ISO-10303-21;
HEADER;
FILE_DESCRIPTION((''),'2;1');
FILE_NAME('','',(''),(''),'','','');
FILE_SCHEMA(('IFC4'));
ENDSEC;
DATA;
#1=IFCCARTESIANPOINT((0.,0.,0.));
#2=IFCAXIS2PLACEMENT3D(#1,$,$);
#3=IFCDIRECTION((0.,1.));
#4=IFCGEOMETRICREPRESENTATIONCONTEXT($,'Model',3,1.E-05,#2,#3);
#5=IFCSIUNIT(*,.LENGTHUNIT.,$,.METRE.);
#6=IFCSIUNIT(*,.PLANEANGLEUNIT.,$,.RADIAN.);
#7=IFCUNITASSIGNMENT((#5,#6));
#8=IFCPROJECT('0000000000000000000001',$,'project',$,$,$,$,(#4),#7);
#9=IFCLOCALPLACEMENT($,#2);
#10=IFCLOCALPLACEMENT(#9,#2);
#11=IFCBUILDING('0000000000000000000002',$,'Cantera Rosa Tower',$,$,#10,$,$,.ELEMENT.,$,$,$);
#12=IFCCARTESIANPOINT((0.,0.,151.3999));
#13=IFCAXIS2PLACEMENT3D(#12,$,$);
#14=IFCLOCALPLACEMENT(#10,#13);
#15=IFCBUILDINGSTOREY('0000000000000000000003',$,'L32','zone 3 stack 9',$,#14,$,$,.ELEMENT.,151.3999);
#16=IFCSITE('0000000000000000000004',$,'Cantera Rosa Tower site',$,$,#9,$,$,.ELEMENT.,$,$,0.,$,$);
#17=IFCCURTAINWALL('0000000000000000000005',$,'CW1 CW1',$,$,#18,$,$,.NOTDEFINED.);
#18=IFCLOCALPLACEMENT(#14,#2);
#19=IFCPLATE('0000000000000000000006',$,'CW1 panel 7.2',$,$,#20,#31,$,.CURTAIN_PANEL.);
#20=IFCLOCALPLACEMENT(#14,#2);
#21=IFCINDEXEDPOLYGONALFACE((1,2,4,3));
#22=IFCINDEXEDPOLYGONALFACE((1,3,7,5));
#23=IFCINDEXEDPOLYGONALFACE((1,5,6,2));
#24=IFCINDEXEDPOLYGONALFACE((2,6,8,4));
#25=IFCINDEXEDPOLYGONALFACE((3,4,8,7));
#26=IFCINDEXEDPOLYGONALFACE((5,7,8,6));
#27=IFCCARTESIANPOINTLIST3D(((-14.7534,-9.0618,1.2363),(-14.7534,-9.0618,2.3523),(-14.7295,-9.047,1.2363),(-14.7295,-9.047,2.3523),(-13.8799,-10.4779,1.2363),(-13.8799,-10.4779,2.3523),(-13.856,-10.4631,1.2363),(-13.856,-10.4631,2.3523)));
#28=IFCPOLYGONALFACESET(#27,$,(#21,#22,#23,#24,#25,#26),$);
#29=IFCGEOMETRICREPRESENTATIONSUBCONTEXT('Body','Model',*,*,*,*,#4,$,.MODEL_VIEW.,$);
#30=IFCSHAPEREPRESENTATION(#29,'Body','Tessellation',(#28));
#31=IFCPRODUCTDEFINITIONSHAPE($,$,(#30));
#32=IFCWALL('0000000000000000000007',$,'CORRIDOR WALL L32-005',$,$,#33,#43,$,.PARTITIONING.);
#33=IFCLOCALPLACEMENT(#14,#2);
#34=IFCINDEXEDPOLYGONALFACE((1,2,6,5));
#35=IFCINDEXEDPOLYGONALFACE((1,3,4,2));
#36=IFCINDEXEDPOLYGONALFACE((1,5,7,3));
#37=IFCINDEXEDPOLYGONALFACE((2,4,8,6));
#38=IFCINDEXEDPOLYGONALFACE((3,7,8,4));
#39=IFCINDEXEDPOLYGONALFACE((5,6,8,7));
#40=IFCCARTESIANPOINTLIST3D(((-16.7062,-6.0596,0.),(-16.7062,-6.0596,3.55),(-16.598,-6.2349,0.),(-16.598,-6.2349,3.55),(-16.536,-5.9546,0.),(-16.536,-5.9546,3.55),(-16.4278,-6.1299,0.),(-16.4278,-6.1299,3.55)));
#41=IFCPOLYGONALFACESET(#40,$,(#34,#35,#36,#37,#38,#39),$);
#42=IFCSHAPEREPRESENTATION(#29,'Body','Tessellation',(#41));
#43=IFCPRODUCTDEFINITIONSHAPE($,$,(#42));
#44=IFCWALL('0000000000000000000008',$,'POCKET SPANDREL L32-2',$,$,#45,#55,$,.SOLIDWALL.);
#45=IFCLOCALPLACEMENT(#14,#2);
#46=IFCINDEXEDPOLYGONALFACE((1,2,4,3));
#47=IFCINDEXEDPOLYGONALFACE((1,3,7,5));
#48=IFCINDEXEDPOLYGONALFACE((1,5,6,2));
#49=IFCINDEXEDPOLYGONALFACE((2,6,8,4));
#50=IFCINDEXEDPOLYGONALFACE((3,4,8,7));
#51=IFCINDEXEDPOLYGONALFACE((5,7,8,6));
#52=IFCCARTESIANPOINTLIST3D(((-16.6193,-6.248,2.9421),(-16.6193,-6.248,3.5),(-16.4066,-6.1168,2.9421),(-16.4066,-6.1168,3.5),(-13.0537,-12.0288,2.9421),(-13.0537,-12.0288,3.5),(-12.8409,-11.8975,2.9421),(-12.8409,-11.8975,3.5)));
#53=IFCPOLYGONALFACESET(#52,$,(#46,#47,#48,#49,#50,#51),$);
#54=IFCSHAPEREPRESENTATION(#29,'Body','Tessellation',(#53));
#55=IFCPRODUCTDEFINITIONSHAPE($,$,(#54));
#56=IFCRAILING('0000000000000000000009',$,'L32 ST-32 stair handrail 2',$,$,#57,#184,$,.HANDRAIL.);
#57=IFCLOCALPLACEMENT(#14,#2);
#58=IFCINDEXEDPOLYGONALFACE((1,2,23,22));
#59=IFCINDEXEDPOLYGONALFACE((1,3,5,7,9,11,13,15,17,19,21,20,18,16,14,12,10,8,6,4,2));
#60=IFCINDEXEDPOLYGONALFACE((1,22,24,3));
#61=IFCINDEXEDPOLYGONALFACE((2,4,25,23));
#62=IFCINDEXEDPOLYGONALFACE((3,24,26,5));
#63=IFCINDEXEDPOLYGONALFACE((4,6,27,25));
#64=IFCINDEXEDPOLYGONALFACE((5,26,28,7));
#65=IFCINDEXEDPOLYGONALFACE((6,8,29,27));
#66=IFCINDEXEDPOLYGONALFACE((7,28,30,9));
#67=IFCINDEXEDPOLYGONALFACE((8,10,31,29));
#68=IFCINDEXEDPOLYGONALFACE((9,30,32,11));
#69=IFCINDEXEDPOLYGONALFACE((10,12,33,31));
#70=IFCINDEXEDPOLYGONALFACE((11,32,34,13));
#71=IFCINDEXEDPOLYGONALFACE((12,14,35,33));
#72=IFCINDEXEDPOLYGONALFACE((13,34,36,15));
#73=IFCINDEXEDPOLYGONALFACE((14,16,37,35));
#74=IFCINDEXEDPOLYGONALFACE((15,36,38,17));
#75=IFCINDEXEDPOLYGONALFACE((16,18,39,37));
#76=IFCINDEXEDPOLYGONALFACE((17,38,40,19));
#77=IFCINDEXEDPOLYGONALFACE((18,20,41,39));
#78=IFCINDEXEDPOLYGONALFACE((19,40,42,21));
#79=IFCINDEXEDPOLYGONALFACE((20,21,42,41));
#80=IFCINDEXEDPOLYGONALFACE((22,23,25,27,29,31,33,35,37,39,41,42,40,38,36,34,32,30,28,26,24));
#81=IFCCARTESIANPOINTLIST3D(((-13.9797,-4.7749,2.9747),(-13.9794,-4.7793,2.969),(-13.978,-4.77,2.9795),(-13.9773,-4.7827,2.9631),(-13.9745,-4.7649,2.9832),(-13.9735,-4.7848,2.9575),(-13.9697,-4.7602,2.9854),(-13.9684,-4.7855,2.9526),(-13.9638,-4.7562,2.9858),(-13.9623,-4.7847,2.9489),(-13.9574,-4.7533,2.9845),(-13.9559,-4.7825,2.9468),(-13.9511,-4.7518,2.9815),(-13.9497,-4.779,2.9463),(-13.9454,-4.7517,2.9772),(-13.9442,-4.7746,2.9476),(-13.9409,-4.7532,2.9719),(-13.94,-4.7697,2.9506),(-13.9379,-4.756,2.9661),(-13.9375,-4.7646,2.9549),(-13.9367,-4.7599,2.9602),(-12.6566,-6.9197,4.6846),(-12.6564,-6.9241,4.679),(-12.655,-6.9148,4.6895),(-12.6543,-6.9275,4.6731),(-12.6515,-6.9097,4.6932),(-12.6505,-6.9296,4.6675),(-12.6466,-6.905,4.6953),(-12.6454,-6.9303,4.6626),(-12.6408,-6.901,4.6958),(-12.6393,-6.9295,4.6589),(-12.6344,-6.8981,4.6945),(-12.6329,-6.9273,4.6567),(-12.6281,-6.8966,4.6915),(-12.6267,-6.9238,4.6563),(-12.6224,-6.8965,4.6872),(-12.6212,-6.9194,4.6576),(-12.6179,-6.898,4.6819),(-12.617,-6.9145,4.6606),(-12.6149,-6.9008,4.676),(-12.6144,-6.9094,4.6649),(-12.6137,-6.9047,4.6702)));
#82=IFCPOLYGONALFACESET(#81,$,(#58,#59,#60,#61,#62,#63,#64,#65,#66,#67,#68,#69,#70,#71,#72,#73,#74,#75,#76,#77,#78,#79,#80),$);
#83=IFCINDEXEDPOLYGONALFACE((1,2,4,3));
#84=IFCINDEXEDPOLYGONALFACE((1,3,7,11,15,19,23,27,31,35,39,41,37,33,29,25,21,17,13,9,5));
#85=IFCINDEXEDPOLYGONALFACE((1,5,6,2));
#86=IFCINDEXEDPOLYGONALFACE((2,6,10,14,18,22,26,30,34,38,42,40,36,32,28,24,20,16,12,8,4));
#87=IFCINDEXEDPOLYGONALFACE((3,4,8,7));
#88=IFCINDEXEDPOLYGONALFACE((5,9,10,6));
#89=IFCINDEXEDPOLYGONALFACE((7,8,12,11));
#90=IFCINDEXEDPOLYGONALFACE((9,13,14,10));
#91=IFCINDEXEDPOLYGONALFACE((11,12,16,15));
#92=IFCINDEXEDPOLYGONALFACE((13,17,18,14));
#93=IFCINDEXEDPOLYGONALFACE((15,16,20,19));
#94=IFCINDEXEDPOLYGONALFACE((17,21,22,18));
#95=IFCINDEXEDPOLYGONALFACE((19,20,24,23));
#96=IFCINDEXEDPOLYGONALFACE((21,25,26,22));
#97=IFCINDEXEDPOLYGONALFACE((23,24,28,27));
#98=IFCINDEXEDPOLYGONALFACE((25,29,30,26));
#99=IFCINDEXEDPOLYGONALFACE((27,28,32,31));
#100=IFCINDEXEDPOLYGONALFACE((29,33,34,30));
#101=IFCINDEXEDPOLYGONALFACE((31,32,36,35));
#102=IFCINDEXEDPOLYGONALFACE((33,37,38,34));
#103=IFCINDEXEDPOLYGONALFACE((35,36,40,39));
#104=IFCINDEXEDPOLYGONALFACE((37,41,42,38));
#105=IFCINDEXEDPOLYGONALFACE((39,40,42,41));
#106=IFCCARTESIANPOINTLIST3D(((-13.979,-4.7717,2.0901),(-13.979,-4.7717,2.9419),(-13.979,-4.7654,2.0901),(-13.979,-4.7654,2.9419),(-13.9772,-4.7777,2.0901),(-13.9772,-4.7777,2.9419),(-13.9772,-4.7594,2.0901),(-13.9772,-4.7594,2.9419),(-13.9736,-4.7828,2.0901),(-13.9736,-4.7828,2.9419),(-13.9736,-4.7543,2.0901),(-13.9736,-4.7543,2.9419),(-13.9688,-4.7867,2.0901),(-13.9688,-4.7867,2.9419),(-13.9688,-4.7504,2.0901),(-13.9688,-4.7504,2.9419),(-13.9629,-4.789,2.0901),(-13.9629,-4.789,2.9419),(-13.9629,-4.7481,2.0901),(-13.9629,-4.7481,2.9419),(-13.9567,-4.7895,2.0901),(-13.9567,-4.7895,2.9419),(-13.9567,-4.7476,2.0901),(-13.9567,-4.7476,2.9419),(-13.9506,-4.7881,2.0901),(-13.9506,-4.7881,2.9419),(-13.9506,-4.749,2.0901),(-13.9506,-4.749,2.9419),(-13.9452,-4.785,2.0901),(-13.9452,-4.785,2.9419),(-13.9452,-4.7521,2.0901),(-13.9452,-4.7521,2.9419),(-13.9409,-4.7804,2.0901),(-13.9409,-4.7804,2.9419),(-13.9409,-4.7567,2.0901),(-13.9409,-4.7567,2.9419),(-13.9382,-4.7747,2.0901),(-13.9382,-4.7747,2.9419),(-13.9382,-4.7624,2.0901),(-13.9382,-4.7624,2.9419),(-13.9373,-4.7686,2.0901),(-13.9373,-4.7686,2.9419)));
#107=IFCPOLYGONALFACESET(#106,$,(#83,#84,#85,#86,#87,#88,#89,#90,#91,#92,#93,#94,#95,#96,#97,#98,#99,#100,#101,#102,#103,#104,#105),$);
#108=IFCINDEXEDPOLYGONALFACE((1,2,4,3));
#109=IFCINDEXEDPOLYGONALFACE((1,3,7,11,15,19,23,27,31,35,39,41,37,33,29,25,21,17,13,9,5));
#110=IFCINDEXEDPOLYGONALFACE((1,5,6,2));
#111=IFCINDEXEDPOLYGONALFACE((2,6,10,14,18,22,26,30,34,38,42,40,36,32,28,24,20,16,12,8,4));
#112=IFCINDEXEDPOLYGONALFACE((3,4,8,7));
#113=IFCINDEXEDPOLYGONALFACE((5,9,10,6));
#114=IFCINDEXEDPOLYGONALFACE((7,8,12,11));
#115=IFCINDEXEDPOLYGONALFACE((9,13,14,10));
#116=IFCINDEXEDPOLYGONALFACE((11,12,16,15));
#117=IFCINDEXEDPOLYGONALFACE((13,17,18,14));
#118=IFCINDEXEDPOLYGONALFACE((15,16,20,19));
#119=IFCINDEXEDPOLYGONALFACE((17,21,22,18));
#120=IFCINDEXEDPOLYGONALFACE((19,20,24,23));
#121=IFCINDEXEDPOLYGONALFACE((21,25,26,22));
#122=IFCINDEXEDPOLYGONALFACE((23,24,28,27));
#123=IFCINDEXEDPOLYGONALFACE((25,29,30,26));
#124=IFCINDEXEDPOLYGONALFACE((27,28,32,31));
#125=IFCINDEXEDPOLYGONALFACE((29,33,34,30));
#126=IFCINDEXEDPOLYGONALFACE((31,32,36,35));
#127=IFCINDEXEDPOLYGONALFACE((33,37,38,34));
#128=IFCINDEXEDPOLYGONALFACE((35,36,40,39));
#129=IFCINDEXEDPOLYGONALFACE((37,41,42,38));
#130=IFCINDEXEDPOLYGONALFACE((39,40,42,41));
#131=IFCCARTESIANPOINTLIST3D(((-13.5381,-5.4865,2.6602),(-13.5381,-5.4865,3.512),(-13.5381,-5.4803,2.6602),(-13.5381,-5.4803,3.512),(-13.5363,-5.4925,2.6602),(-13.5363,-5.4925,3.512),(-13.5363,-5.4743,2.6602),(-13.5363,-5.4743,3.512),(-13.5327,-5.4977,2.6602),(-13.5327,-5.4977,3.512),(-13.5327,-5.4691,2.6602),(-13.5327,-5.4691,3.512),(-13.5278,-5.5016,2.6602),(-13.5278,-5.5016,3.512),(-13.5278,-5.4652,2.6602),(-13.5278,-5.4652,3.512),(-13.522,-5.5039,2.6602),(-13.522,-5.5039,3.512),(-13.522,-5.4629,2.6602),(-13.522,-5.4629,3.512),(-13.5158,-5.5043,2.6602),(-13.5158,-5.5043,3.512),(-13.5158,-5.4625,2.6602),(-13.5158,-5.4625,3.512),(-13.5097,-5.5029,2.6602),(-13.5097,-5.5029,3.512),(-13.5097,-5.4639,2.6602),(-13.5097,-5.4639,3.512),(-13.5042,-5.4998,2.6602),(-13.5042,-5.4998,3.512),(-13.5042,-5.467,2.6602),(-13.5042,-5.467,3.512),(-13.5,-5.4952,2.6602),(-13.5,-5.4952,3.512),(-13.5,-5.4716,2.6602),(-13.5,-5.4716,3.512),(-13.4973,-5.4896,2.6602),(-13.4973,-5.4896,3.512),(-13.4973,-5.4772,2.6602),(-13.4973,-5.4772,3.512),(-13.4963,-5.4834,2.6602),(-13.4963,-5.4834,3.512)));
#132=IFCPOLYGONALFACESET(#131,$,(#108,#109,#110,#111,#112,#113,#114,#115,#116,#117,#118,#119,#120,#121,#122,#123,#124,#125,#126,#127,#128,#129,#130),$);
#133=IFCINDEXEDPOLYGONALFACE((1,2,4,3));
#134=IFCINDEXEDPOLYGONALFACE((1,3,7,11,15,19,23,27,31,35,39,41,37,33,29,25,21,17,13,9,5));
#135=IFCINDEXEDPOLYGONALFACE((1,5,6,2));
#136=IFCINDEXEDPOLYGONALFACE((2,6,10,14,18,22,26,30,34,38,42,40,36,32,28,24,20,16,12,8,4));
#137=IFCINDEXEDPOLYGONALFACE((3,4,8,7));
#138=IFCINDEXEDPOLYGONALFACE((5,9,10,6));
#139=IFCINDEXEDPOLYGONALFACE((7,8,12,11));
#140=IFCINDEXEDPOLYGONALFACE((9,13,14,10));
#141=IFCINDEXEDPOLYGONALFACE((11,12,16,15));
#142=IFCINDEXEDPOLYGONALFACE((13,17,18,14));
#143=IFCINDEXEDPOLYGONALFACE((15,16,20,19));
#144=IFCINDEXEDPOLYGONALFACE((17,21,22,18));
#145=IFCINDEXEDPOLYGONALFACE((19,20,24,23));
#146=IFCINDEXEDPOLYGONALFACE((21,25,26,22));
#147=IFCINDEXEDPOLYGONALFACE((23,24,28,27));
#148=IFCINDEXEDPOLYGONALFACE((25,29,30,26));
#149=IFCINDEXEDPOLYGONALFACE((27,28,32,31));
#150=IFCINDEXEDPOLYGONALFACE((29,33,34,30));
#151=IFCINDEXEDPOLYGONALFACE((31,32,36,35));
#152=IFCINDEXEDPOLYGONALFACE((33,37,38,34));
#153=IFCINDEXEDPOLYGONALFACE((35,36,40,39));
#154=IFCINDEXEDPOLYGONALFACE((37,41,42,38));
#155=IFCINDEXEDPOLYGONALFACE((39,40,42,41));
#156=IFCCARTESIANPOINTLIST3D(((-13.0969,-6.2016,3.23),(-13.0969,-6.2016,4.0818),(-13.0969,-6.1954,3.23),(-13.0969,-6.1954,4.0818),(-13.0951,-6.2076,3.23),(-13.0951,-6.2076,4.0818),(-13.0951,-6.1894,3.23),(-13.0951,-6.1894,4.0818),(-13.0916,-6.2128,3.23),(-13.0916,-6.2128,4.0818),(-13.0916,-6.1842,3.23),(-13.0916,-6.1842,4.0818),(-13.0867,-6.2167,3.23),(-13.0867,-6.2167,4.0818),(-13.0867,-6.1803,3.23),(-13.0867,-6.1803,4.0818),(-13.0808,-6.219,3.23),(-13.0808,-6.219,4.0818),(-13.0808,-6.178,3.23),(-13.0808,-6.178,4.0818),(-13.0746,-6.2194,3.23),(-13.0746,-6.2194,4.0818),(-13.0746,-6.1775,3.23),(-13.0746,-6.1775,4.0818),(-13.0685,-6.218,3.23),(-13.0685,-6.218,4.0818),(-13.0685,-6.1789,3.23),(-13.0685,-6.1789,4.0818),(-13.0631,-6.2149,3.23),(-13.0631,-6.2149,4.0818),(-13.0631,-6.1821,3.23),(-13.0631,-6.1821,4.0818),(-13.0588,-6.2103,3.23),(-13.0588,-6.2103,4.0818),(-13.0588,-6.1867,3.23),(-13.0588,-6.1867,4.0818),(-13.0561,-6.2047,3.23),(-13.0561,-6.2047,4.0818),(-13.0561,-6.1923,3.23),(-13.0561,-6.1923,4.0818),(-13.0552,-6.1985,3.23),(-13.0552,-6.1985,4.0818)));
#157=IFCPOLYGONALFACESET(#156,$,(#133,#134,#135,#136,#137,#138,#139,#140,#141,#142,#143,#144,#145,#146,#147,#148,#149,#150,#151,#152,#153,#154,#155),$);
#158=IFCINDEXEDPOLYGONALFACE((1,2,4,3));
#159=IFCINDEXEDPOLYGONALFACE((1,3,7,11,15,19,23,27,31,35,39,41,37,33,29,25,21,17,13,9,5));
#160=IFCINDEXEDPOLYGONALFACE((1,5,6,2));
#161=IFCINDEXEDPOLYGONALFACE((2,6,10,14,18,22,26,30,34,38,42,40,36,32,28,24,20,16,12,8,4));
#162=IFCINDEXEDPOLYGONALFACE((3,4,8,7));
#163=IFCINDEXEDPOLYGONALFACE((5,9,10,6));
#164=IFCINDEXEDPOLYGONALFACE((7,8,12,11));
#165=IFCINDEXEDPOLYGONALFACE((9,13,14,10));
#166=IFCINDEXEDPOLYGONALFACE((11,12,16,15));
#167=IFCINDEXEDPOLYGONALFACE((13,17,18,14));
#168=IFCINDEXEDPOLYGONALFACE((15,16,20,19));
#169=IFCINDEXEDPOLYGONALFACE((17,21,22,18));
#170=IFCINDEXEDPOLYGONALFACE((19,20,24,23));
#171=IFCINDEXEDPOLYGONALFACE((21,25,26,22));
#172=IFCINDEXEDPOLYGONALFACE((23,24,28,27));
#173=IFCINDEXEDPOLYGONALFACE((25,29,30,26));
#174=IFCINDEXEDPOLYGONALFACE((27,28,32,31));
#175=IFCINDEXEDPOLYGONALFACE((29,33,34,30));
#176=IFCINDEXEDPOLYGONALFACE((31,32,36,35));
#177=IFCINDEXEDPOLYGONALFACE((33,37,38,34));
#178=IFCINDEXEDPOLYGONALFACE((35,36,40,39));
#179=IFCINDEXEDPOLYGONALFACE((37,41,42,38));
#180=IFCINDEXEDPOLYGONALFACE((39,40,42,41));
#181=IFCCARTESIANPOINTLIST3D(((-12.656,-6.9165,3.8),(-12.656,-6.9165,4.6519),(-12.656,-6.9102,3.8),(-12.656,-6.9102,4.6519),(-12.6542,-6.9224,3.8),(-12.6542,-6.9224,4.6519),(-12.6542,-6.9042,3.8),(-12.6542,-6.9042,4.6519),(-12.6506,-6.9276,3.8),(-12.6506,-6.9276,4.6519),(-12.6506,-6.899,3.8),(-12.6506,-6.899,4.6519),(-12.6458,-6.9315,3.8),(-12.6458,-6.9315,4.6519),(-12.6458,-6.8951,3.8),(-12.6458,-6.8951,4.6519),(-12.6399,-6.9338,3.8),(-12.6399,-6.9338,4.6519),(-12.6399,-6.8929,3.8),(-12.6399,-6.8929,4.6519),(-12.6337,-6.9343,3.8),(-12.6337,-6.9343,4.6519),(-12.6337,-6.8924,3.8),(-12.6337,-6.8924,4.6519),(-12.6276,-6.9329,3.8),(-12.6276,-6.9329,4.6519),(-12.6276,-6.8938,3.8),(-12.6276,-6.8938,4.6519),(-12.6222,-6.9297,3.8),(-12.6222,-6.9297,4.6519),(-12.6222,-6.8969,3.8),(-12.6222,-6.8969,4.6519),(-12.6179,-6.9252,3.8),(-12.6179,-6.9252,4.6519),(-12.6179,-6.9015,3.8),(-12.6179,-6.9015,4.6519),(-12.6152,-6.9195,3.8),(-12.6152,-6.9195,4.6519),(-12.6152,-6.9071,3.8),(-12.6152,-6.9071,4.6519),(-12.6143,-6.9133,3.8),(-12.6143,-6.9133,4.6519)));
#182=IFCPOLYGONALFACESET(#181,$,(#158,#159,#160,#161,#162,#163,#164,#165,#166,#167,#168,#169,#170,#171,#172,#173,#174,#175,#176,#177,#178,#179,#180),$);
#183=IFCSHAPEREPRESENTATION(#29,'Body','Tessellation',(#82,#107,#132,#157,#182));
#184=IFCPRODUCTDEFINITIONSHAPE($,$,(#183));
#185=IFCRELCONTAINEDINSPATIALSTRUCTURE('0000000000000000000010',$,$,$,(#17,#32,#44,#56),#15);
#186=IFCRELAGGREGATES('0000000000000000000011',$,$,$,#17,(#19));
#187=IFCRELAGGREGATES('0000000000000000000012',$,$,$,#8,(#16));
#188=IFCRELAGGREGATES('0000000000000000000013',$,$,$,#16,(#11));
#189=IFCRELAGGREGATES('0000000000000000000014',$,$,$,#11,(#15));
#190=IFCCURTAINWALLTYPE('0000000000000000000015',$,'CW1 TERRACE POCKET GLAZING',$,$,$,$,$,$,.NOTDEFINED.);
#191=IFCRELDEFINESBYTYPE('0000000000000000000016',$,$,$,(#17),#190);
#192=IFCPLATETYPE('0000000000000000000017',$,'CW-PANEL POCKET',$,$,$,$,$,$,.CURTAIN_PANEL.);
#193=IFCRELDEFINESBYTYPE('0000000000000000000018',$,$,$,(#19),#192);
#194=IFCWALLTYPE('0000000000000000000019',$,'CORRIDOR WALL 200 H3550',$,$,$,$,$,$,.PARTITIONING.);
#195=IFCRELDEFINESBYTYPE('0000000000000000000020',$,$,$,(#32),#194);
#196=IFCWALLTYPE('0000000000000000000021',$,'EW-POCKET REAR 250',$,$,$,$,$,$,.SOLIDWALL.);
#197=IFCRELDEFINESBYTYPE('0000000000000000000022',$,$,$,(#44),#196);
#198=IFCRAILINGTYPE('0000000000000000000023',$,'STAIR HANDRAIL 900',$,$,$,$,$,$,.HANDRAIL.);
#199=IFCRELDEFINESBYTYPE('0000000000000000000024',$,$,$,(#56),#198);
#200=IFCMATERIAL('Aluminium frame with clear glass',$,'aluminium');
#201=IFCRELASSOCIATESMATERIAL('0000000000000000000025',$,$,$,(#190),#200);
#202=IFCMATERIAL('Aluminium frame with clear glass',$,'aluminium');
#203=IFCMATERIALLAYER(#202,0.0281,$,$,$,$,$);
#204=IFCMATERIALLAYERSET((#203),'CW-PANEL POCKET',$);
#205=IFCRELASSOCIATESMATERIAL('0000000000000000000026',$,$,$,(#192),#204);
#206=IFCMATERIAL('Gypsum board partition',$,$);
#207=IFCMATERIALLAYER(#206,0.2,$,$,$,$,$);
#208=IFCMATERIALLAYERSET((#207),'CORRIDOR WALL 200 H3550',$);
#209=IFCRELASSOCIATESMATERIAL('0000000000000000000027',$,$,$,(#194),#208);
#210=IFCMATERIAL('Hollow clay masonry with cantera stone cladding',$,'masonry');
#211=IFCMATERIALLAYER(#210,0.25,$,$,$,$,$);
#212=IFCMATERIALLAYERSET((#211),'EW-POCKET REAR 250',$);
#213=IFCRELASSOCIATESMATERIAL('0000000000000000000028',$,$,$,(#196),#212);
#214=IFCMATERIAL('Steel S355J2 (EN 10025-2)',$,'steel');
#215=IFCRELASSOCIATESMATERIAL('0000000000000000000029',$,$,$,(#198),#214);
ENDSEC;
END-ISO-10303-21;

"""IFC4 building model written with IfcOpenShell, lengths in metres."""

from ifc_helpers import new_model, si_unit, direction, frame, frame_2d, origin, origin_2d, place, context, subcontext, project, spatial, rectangle, circle, extrude, material, layer, layer_set, type_object, element, aggregate, save


model = new_model("IFC4")

# Units and contexts
model_context = context("Model", 3, precision=1e-05, world=origin(), true_north=direction((0.0, 1.0)))
body_context = subcontext(model_context, "Body", "Model", "MODEL_VIEW")
ifc_project = project(units=[si_unit("LENGTHUNIT", "METRE"), si_unit("PLANEANGLEUNIT", "RADIAN")], contexts=[model_context])

# Site, building, storey
site_placement = place(None, origin())
site = spatial("IfcSite", under=ifc_project, at=site_placement, Name="Cantera Rosa Tower site", CompositionType="ELEMENT", RefElevation=0.0)
building_placement = place(site_placement, origin())
building = spatial("IfcBuilding", under=site, at=building_placement, Name="Cantera Rosa Tower", CompositionType="ELEMENT")
storey_placement = place(building_placement, frame((0.0, 0.0, 151.3999)))
storey = spatial("IfcBuildingStorey", under=building, at=storey_placement, Name="L32", Description="zone 3 stack 9", CompositionType="ELEMENT", Elevation=151.3999)

# Curtain wall
ifc_material_1 = material(Name="Aluminium frame with clear glass", Category="aluminium")
curtain_wall_type = type_object("IfcCurtainWallType", Name="CW1 TERRACE POCKET GLAZING", PredefinedType="NOTDEFINED", material=ifc_material_1)
curtain_wall_placement = place(storey_placement, origin())
curtain_wall = element("IfcCurtainWall", 1, at=curtain_wall_placement, inside=storey, type_object=curtain_wall_type, Name="CW1 CW1", PredefinedType="NOTDEFINED")

# Plate
ifc_material_2 = material(Name="Aluminium frame with clear glass", Category="aluminium")
ifc_layer_1 = layer(ifc_material_2, 0.0281)
ifc_layer_set_1 = layer_set([ifc_layer_1], Name="CW-PANEL POCKET")
plate_type = type_object("IfcPlateType", Name="CW-PANEL POCKET", PredefinedType="CURTAIN_PANEL", material=ifc_layer_set_1)
plate_1_placement = place(storey_placement, frame((-14.3047, -9.7625, 1.2363), z_axis=(0.0, 0.0, 1.0), x_axis=(0.524977, -0.851117, 0.0)))
plate_1 = element("IfcPlate", 2, at=plate_1_placement, type_object=plate_type, Name="CW1 panel 7.2", PredefinedType="CURTAIN_PANEL", context=body_context, shape_type="SweptSolid", body=[
    extrude(rectangle(XDim=1.6638, YDim=0.0281, at=origin_2d()), origin(), (0.0, 0.0, 1.0), 1.116),
])
aggregate(curtain_wall, [plate_1])

# Walls
ifc_material_3 = material(Name="Gypsum board partition")
ifc_layer_2 = layer(ifc_material_3, 0.2)
ifc_layer_set_2 = layer_set([ifc_layer_2], Name="CORRIDOR WALL 200 H3550")
wall_type_1 = type_object("IfcWallType", Name="CORRIDOR WALL 200 H3550", PredefinedType="PARTITIONING", material=ifc_layer_set_2)
wall_1_placement = place(storey_placement, frame((-16.6211, -6.0071, 0.0), z_axis=(0.0, 0.0, 1.0), x_axis=(0.525089, -0.851047, 0.0)))
element("IfcWall", 3, at=wall_1_placement, inside=storey, type_object=wall_type_1, Name="CORRIDOR WALL L32-005", PredefinedType="PARTITIONING", context=body_context, shape_type="SweptSolid", body=[
    extrude(rectangle(XDim=0.2061, YDim=0.2, at=frame_2d((0.103, 0.0))), origin(), (0.0, 0.0, 1.0), 3.55),
])
ifc_material_4 = material(Name="Hollow clay masonry with cantera stone cladding", Category="masonry")
ifc_layer_3 = layer(ifc_material_4, 0.25)
ifc_layer_set_3 = layer_set([ifc_layer_3], Name="EW-POCKET REAR 250")
wall_type_2 = type_object("IfcWallType", Name="EW-POCKET REAR 250", PredefinedType="SOLIDWALL", material=ifc_layer_set_3)
wall_2_placement = place(storey_placement, frame((-16.5129, -6.1824, 2.9421), z_axis=(0.0, 0.0, 1.0), x_axis=(0.524982, -0.851114, 0.0)))
element("IfcWall", 4, at=wall_2_placement, inside=storey, type_object=wall_type_2, Name="POCKET SPANDREL L32-2", PredefinedType="SOLIDWALL", context=body_context, shape_type="SweptSolid", body=[
    extrude(rectangle(XDim=6.792, YDim=0.25, at=frame_2d((3.396, 0.0))), origin(), (0.0, 0.0, 1.0), 0.5579),
])

# Railing
ifc_material_5 = material(Name="Steel S355J2 (EN 10025-2)", Category="steel")
railing_type = type_object("IfcRailingType", Name="STAIR HANDRAIL 900", PredefinedType="HANDRAIL", material=ifc_material_5)
railing_placement = place(storey_placement, frame((-13.9583, -4.7686, 2.0901)))
element("IfcRailing", 5, at=railing_placement, inside=storey, type_object=railing_type, Name="L32 ST-32 stair handrail 2", PredefinedType="HANDRAIL", context=body_context, shape_type="SweptSolid", body=[
    extrude(circle(Radius=0.0239, at=origin_2d()), frame((0.0, 0.0, 0.876), z_axis=(0.434428, -0.704271, 0.561493), x_axis=(0.851102, 0.525, 0.0)), (0.0, 0.0, 1.0), 3.0454),
    extrude(circle(Radius=0.021, at=origin_2d()), origin(), (0.0, 0.0, 1.0), 0.8518),
    extrude(circle(Radius=0.021, at=origin_2d()), frame((0.4409, -0.7148, 0.5701)), (0.0, 0.0, 1.0), 0.8518),
    extrude(circle(Radius=0.021, at=origin_2d()), frame((0.8821, -1.4299, 1.1399)), (0.0, 0.0, 1.0), 0.8518),
    extrude(circle(Radius=0.021, at=origin_2d()), frame((1.323, -2.1448, 1.71)), (0.0, 0.0, 1.0), 0.8518),
])

save(model, "model.ifc")
